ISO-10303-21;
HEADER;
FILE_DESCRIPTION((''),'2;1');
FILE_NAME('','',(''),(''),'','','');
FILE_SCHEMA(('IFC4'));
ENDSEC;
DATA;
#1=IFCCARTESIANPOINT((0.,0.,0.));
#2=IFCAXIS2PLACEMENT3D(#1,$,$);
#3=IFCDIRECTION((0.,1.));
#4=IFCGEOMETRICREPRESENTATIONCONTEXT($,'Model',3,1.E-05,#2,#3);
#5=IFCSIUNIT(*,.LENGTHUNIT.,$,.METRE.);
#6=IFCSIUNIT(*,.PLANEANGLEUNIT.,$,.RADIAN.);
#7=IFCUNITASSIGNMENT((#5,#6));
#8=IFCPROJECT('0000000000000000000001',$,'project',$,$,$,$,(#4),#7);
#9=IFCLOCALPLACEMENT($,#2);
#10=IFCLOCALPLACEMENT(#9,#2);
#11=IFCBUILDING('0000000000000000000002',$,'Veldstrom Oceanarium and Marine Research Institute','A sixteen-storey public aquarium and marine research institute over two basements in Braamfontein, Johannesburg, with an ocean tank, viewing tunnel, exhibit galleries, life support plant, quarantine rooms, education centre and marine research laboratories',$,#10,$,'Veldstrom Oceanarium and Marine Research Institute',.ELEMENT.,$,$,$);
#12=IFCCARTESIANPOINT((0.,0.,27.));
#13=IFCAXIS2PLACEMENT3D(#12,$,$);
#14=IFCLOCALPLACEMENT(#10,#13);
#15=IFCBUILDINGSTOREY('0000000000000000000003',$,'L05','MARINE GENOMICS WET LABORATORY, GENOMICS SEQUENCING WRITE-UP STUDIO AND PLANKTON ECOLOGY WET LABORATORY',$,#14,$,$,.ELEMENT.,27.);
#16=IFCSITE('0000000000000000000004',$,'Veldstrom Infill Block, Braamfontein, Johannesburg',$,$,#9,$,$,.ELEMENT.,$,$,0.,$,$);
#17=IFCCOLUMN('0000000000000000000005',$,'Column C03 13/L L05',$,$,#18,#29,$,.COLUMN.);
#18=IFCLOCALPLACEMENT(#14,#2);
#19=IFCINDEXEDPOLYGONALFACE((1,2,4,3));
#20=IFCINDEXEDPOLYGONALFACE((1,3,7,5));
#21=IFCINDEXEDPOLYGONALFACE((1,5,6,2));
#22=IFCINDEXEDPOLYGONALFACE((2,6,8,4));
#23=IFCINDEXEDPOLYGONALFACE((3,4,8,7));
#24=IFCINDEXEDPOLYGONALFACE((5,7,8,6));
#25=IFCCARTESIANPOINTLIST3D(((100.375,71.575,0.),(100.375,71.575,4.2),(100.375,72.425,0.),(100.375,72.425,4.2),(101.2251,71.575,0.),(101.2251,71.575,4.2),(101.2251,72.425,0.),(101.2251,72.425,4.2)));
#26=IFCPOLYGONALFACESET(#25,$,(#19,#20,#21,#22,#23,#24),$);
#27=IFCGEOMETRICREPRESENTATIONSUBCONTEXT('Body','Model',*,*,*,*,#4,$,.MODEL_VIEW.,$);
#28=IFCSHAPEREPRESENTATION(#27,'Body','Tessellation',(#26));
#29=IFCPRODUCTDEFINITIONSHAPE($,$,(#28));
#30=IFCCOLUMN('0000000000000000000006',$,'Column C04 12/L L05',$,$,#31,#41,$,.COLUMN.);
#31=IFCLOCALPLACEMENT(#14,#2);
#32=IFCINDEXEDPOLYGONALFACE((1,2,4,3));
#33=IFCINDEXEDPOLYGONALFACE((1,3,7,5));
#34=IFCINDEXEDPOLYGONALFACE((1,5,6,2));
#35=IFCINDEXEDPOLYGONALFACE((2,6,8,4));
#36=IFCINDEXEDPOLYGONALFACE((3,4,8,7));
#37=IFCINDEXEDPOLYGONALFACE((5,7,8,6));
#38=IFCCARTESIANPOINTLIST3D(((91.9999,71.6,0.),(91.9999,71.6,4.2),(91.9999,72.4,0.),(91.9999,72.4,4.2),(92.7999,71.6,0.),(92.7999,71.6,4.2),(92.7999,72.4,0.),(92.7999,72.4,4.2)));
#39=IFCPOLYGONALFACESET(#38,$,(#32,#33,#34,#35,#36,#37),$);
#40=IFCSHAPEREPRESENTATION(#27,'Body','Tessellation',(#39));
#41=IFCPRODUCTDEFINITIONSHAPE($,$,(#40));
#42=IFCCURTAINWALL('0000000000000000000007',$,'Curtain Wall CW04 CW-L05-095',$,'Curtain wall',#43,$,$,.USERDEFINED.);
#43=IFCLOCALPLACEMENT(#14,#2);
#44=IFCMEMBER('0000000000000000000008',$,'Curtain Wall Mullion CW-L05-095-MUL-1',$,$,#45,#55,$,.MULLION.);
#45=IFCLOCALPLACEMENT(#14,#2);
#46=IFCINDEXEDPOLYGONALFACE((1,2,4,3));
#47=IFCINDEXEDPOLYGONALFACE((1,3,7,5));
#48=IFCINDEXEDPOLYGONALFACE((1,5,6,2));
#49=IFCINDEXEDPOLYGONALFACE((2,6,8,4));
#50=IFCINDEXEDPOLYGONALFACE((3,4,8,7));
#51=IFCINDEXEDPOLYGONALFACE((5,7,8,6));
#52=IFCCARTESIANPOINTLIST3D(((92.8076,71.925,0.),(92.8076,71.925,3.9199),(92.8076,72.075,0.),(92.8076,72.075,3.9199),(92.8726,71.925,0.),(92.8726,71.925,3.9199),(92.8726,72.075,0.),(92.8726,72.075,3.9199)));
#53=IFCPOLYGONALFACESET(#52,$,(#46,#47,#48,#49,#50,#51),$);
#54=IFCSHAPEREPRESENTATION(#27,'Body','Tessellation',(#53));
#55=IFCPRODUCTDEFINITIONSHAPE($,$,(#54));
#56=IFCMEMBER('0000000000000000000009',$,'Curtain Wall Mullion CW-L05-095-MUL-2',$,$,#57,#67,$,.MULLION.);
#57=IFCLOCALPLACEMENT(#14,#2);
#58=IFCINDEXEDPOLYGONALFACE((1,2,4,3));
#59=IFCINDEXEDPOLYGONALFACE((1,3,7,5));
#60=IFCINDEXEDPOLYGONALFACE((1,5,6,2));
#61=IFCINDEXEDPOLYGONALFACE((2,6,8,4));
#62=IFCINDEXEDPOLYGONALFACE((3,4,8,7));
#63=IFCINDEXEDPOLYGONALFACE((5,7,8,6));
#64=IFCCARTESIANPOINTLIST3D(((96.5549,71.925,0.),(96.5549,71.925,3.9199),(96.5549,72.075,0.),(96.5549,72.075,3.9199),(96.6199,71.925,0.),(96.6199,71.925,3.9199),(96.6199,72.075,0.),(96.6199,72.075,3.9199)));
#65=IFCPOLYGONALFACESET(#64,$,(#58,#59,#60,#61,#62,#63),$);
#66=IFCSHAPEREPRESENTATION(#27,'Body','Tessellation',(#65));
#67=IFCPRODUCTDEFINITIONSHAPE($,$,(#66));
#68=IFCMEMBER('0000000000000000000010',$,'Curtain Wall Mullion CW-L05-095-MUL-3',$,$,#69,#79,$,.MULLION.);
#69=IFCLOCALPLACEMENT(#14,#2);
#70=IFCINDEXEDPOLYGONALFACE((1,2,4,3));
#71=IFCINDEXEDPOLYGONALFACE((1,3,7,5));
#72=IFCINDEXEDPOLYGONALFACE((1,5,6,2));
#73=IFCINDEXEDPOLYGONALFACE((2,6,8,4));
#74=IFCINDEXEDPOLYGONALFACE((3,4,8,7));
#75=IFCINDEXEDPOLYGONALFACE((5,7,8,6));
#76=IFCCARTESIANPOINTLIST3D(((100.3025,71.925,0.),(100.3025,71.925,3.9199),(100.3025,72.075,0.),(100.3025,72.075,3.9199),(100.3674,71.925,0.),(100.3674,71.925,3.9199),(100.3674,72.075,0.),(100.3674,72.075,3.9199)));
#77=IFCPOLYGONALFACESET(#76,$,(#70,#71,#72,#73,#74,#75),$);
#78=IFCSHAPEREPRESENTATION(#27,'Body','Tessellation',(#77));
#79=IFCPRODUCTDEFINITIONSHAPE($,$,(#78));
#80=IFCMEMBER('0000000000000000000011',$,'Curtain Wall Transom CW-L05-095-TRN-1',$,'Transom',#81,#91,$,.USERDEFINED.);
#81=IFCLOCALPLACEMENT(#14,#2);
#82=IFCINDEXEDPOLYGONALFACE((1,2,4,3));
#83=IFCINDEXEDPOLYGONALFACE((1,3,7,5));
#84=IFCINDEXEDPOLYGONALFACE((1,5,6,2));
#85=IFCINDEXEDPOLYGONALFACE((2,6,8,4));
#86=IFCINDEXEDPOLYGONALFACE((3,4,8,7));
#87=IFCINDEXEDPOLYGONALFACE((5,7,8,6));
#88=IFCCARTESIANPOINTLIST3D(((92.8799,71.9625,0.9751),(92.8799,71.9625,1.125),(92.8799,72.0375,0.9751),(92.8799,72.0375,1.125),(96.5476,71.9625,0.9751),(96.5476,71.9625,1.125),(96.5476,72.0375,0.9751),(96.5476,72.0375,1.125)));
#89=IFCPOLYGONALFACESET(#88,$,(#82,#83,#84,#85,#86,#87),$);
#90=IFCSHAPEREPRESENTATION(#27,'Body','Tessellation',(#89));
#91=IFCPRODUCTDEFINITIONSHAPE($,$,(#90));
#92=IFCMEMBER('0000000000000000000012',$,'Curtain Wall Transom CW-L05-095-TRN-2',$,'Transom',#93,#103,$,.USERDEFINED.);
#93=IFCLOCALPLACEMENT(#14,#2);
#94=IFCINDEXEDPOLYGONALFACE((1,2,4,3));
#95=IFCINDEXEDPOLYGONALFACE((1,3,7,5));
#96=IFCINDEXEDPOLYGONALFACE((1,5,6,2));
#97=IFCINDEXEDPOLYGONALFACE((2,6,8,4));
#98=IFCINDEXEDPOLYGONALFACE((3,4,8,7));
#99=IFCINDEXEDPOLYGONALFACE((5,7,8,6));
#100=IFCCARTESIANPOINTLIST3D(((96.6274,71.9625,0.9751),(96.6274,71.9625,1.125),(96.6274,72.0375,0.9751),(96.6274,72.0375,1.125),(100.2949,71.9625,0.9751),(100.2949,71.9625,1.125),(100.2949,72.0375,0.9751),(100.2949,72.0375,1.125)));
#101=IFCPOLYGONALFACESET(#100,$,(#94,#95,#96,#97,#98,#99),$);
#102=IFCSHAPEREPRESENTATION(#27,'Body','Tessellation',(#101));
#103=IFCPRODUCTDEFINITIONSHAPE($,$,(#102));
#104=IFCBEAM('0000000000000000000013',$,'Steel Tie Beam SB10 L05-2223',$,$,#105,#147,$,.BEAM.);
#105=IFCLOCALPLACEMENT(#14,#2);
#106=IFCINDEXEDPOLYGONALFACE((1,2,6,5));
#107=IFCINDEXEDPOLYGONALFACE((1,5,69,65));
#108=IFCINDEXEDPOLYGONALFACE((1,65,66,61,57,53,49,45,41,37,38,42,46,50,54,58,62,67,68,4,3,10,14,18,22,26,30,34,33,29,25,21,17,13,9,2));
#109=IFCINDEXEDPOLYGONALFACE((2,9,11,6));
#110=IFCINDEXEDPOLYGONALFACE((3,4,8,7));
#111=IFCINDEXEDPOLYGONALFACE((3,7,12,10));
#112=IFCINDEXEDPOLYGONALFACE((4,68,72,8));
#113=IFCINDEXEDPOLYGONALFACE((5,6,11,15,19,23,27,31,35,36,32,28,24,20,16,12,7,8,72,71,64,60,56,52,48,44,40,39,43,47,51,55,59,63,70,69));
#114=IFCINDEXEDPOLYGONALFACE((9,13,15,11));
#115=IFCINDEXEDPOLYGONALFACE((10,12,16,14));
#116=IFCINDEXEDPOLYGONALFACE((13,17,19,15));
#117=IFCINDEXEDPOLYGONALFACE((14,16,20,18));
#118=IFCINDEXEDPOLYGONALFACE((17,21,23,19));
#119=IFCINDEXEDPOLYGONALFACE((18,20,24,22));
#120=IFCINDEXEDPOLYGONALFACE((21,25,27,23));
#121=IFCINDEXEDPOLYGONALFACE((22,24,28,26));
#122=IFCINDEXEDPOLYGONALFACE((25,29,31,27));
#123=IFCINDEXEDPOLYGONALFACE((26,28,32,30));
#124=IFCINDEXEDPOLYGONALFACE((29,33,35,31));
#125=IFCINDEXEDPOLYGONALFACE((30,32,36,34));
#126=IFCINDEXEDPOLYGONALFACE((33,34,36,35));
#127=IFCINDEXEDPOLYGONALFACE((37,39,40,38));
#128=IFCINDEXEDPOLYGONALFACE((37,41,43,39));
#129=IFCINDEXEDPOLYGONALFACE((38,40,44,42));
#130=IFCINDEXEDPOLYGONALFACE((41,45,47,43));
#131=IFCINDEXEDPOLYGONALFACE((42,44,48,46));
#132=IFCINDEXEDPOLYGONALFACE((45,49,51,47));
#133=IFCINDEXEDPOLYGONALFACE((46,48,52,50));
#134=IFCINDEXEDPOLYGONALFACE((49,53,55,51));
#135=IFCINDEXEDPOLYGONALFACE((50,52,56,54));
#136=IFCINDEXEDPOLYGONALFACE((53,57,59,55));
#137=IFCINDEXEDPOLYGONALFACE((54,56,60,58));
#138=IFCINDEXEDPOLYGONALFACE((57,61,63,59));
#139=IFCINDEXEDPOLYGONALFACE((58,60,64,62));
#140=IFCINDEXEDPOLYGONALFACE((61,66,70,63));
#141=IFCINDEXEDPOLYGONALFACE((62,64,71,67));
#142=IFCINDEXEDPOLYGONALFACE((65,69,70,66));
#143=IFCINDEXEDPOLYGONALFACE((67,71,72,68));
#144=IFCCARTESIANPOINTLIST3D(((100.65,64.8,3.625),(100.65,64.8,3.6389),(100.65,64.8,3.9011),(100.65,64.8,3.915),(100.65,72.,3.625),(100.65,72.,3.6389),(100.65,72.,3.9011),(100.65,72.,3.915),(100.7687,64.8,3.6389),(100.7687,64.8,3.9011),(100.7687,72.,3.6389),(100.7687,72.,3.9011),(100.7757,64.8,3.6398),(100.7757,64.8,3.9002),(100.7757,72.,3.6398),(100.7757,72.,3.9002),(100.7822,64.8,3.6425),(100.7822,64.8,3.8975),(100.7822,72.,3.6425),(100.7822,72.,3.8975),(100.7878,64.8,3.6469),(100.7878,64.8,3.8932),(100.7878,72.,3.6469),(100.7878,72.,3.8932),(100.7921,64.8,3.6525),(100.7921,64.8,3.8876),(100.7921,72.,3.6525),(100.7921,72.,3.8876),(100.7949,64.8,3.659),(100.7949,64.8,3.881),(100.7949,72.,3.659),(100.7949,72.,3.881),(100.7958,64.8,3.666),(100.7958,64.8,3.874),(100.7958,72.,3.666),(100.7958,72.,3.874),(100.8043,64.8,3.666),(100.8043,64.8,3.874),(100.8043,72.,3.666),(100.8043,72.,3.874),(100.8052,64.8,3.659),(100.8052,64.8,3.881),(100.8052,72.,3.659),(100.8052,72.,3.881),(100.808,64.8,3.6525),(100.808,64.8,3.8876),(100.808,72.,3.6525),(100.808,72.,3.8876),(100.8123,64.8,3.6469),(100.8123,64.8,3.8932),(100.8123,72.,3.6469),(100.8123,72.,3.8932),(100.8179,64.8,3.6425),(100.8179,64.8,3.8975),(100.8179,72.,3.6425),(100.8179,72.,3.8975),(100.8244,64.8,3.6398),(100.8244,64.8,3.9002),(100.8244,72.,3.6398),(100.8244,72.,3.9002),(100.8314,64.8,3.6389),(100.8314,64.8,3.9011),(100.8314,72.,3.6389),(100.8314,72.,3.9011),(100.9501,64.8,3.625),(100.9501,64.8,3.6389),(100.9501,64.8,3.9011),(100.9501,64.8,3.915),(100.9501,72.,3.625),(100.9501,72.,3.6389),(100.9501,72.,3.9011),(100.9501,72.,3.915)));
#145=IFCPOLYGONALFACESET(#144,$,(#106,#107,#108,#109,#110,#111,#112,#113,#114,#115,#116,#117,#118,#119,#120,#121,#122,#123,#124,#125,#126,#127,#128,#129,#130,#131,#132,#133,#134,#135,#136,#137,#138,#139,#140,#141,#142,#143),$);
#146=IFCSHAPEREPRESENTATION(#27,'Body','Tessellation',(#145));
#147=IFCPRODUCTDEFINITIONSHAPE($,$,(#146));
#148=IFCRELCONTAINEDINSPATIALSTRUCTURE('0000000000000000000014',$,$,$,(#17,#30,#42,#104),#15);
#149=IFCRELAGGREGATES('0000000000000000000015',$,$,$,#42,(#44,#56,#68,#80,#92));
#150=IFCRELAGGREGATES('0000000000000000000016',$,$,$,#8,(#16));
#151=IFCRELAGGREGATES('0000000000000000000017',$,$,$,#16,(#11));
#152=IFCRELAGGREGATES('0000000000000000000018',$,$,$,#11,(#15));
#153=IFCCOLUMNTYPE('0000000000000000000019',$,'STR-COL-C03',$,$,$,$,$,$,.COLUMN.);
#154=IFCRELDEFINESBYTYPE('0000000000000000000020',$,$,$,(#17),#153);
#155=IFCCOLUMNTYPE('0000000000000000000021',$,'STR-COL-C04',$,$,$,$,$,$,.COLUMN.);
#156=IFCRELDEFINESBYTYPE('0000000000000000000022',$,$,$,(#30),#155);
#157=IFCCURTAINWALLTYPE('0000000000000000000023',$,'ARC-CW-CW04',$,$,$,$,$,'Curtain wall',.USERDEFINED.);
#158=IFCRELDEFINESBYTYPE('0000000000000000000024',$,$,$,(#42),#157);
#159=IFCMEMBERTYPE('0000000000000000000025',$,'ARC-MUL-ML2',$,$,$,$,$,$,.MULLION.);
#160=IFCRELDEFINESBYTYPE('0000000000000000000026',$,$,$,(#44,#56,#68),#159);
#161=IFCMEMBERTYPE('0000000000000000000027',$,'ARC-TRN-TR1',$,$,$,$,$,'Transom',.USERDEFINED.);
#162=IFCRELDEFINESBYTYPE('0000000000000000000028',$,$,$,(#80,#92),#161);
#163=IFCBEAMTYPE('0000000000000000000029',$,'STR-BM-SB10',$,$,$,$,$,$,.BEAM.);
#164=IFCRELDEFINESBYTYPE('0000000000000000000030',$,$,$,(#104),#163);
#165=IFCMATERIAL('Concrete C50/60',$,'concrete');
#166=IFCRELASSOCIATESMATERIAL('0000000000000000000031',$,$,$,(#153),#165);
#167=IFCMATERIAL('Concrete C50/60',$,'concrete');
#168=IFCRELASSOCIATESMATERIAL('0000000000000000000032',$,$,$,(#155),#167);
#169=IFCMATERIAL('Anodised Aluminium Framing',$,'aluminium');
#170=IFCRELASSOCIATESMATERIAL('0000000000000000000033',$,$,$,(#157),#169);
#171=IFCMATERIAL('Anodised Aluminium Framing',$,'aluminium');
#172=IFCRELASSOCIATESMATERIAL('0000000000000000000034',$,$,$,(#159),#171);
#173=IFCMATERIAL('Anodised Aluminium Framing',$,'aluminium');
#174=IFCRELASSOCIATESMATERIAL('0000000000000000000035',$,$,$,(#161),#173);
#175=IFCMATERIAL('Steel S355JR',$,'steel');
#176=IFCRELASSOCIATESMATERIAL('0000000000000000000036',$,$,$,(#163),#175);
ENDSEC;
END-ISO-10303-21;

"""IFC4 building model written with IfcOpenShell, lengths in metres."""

from ifc_helpers import new_model, si_unit, direction, frame, origin, origin_2d, place, context, subcontext, project, spatial, rectangle, i_section, extrude, material, material_profile, profile_set, type_object, element, aggregate, save


model = new_model("IFC4")

# Units and contexts
model_context = context("Model", 3, precision=1e-05, world=origin(), true_north=direction((0.0, 1.0)))
body_context = subcontext(model_context, "Body", "Model", "MODEL_VIEW")
ifc_project = project(units=[si_unit("LENGTHUNIT", "METRE"), si_unit("PLANEANGLEUNIT", "RADIAN")], contexts=[model_context])

# Site, building, storey
site_placement = place(None, origin())
site = spatial("IfcSite", under=ifc_project, at=site_placement, Name="Veldstrom Infill Block, Braamfontein, Johannesburg", CompositionType="ELEMENT", RefElevation=0.0)
building_placement = place(site_placement, origin())
building = spatial("IfcBuilding", under=site, at=building_placement, Name="Veldstrom Oceanarium and Marine Research Institute", Description="A sixteen-storey public aquarium and marine research institute over two basements in Braamfontein, Johannesburg, with an ocean tank, viewing tunnel, exhibit galleries, life support plant, quarantine rooms, education centre and marine research laboratories", LongName="Veldstrom Oceanarium and Marine Research Institute", CompositionType="ELEMENT")
storey_placement = place(building_placement, frame((0.0, 0.0, 27.0)))
storey = spatial("IfcBuildingStorey", under=building, at=storey_placement, Name="L05", Description="MARINE GENOMICS WET LABORATORY, GENOMICS SEQUENCING WRITE-UP STUDIO AND PLANKTON ECOLOGY WET LABORATORY", CompositionType="ELEMENT", Elevation=27.0)

# Columns
ifc_material_1 = material(Name="Concrete C50/60", Category="concrete")
ifc_material_profile_1 = material_profile(ifc_material_1, rectangle(XDim=0.8501, YDim=0.8501, at=origin_2d()), Name="RC-COL-850x850")
ifc_profile_set_1 = profile_set([ifc_material_profile_1], Name="Concrete C50/60")
column_type_1 = type_object("IfcColumnType", Name="STR-COL-C03", PredefinedType="COLUMN", material=ifc_profile_set_1)
column_1_placement = place(storey_placement, frame((100.8, 72.0, 0.0), z_axis=(0.0, 0.0, 1.0), x_axis=(1.0, 0.0, 0.0)))
element("IfcColumn", 1, at=column_1_placement, inside=storey, type_object=column_type_1, Name="Column C03 13/L L05", PredefinedType="COLUMN", context=body_context, shape_type="SweptSolid", body=[
    extrude(rectangle(XDim=0.8501, YDim=0.8501, at=origin_2d()), origin(), (0.0, 0.0, 1.0), 4.2),
])
ifc_material_2 = material(Name="Concrete C50/60", Category="concrete")
ifc_material_profile_2 = material_profile(ifc_material_2, rectangle(XDim=0.8, YDim=0.8, at=origin_2d()), Name="RC-COL-800x800")
ifc_profile_set_2 = profile_set([ifc_material_profile_2], Name="Concrete C50/60")
column_type_2 = type_object("IfcColumnType", Name="STR-COL-C04", PredefinedType="COLUMN", material=ifc_profile_set_2)
column_2_placement = place(storey_placement, frame((92.3999, 72.0, 0.0), z_axis=(0.0, 0.0, 1.0), x_axis=(1.0, 0.0, 0.0)))
element("IfcColumn", 2, at=column_2_placement, inside=storey, type_object=column_type_2, Name="Column C04 12/L L05", PredefinedType="COLUMN", context=body_context, shape_type="SweptSolid", body=[
    extrude(rectangle(XDim=0.8, YDim=0.8, at=origin_2d()), origin(), (0.0, 0.0, 1.0), 4.2),
])

# Curtain wall, members
ifc_material_3 = material(Name="Anodised Aluminium Framing", Category="aluminium")
curtain_wall_type = type_object("IfcCurtainWallType", Name="ARC-CW-CW04", ElementType="Curtain wall", PredefinedType="USERDEFINED", material=ifc_material_3)
curtain_wall_placement = place(storey_placement, origin())
curtain_wall = element("IfcCurtainWall", 3, at=curtain_wall_placement, inside=storey, type_object=curtain_wall_type, Name="Curtain Wall CW04 CW-L05-095", ObjectType="Curtain wall", PredefinedType="USERDEFINED")
ifc_material_4 = material(Name="Anodised Aluminium Framing", Category="aluminium")
ifc_material_profile_3 = material_profile(ifc_material_4, rectangle(XDim=0.0649, YDim=0.1499, at=origin_2d()), Name="ALU-MUL-65x150")
ifc_profile_set_3 = profile_set([ifc_material_profile_3], Name="Anodised Aluminium Framing")
member_type_1 = type_object("IfcMemberType", Name="ARC-MUL-ML2", PredefinedType="MULLION", material=ifc_profile_set_3)
member_1_placement = place(storey_placement, frame((92.8401, 72.0, 0.0), z_axis=(0.0, 0.0, 1.0), x_axis=(1.0, 0.0, 0.0)))
member_1 = element("IfcMember", 4, at=member_1_placement, type_object=member_type_1, Name="Curtain Wall Mullion CW-L05-095-MUL-1", PredefinedType="MULLION", context=body_context, shape_type="SweptSolid", body=[
    extrude(rectangle(XDim=0.0649, YDim=0.1499, at=origin_2d()), origin(), (0.0, 0.0, 1.0), 3.9199),
])
member_2_placement = place(storey_placement, frame((96.5874, 72.0, 0.0), z_axis=(0.0, 0.0, 1.0), x_axis=(1.0, 0.0, 0.0)))
member_2 = element("IfcMember", 5, at=member_2_placement, type_object=member_type_1, Name="Curtain Wall Mullion CW-L05-095-MUL-2", PredefinedType="MULLION", context=body_context, shape_type="SweptSolid", body=[
    extrude(rectangle(XDim=0.0649, YDim=0.1499, at=origin_2d()), origin(), (0.0, 0.0, 1.0), 3.9199),
])
member_3_placement = place(storey_placement, frame((100.335, 72.0, 0.0), z_axis=(0.0, 0.0, 1.0), x_axis=(1.0, 0.0, 0.0)))
member_3 = element("IfcMember", 6, at=member_3_placement, type_object=member_type_1, Name="Curtain Wall Mullion CW-L05-095-MUL-3", PredefinedType="MULLION", context=body_context, shape_type="SweptSolid", body=[
    extrude(rectangle(XDim=0.0649, YDim=0.1499, at=origin_2d()), origin(), (0.0, 0.0, 1.0), 3.9199),
])
ifc_material_5 = material(Name="Anodised Aluminium Framing", Category="aluminium")
ifc_material_profile_4 = material_profile(ifc_material_5, rectangle(XDim=0.075, YDim=0.1499, at=origin_2d()), Name="ALU-TRN-75x150")
ifc_profile_set_4 = profile_set([ifc_material_profile_4], Name="Anodised Aluminium Framing")
member_type_2 = type_object("IfcMemberType", Name="ARC-TRN-TR1", ElementType="Transom", PredefinedType="USERDEFINED", material=ifc_profile_set_4)
member_4_placement = place(storey_placement, frame((92.8799, 72.0, 1.05), z_axis=(1.0, 0.0, 0.0), x_axis=(0.0, 1.0, 0.0)))
member_4 = element("IfcMember", 7, at=member_4_placement, type_object=member_type_2, Name="Curtain Wall Transom CW-L05-095-TRN-1", ObjectType="Transom", PredefinedType="USERDEFINED", context=body_context, shape_type="SweptSolid", body=[
    extrude(rectangle(XDim=0.075, YDim=0.1499, at=origin_2d()), origin(), (0.0, 0.0, 1.0), 3.6677),
])
member_5_placement = place(storey_placement, frame((96.6274, 72.0, 1.05), z_axis=(1.0, 0.0, 0.0), x_axis=(0.0, 1.0, 0.0)))
member_5 = element("IfcMember", 8, at=member_5_placement, type_object=member_type_2, Name="Curtain Wall Transom CW-L05-095-TRN-2", ObjectType="Transom", PredefinedType="USERDEFINED", context=body_context, shape_type="SweptSolid", body=[
    extrude(rectangle(XDim=0.075, YDim=0.1499, at=origin_2d()), origin(), (0.0, 0.0, 1.0), 3.6675),
])

# Beam
ifc_material_6 = material(Name="Steel S355JR", Category="steel")
ifc_material_profile_5 = material_profile(ifc_material_6, i_section(OverallWidth=0.3, OverallDepth=0.29, WebThickness=0.0085, FlangeThickness=0.0139, FilletRadius=0.0271, at=origin_2d()), Name="HEA 300")
ifc_profile_set_5 = profile_set([ifc_material_profile_5], Name="Steel S355JR")
beam_type_1 = type_object("IfcBeamType", Name="STR-BM-SB10", PredefinedType="BEAM", material=ifc_profile_set_5)
beam_1_placement = place(storey_placement, frame((100.8, 64.8, 3.77), z_axis=(0.0, 1.0, 0.0), x_axis=(-1.0, 0.0, 0.0)))
element("IfcBeam", 9, at=beam_1_placement, inside=storey, type_object=beam_type_1, Name="Steel Tie Beam SB10 L05-2223", PredefinedType="BEAM", context=body_context, shape_type="SweptSolid", body=[
    extrude(i_section(OverallWidth=0.3, OverallDepth=0.29, WebThickness=0.0085, FlangeThickness=0.0139, FilletRadius=0.0271, at=origin_2d()), origin(), (0.0, 0.0, 1.0), 7.2),
])

aggregate(curtain_wall, [member_1, member_2, member_3, member_4, member_5])

save(model, "model.ifc")
